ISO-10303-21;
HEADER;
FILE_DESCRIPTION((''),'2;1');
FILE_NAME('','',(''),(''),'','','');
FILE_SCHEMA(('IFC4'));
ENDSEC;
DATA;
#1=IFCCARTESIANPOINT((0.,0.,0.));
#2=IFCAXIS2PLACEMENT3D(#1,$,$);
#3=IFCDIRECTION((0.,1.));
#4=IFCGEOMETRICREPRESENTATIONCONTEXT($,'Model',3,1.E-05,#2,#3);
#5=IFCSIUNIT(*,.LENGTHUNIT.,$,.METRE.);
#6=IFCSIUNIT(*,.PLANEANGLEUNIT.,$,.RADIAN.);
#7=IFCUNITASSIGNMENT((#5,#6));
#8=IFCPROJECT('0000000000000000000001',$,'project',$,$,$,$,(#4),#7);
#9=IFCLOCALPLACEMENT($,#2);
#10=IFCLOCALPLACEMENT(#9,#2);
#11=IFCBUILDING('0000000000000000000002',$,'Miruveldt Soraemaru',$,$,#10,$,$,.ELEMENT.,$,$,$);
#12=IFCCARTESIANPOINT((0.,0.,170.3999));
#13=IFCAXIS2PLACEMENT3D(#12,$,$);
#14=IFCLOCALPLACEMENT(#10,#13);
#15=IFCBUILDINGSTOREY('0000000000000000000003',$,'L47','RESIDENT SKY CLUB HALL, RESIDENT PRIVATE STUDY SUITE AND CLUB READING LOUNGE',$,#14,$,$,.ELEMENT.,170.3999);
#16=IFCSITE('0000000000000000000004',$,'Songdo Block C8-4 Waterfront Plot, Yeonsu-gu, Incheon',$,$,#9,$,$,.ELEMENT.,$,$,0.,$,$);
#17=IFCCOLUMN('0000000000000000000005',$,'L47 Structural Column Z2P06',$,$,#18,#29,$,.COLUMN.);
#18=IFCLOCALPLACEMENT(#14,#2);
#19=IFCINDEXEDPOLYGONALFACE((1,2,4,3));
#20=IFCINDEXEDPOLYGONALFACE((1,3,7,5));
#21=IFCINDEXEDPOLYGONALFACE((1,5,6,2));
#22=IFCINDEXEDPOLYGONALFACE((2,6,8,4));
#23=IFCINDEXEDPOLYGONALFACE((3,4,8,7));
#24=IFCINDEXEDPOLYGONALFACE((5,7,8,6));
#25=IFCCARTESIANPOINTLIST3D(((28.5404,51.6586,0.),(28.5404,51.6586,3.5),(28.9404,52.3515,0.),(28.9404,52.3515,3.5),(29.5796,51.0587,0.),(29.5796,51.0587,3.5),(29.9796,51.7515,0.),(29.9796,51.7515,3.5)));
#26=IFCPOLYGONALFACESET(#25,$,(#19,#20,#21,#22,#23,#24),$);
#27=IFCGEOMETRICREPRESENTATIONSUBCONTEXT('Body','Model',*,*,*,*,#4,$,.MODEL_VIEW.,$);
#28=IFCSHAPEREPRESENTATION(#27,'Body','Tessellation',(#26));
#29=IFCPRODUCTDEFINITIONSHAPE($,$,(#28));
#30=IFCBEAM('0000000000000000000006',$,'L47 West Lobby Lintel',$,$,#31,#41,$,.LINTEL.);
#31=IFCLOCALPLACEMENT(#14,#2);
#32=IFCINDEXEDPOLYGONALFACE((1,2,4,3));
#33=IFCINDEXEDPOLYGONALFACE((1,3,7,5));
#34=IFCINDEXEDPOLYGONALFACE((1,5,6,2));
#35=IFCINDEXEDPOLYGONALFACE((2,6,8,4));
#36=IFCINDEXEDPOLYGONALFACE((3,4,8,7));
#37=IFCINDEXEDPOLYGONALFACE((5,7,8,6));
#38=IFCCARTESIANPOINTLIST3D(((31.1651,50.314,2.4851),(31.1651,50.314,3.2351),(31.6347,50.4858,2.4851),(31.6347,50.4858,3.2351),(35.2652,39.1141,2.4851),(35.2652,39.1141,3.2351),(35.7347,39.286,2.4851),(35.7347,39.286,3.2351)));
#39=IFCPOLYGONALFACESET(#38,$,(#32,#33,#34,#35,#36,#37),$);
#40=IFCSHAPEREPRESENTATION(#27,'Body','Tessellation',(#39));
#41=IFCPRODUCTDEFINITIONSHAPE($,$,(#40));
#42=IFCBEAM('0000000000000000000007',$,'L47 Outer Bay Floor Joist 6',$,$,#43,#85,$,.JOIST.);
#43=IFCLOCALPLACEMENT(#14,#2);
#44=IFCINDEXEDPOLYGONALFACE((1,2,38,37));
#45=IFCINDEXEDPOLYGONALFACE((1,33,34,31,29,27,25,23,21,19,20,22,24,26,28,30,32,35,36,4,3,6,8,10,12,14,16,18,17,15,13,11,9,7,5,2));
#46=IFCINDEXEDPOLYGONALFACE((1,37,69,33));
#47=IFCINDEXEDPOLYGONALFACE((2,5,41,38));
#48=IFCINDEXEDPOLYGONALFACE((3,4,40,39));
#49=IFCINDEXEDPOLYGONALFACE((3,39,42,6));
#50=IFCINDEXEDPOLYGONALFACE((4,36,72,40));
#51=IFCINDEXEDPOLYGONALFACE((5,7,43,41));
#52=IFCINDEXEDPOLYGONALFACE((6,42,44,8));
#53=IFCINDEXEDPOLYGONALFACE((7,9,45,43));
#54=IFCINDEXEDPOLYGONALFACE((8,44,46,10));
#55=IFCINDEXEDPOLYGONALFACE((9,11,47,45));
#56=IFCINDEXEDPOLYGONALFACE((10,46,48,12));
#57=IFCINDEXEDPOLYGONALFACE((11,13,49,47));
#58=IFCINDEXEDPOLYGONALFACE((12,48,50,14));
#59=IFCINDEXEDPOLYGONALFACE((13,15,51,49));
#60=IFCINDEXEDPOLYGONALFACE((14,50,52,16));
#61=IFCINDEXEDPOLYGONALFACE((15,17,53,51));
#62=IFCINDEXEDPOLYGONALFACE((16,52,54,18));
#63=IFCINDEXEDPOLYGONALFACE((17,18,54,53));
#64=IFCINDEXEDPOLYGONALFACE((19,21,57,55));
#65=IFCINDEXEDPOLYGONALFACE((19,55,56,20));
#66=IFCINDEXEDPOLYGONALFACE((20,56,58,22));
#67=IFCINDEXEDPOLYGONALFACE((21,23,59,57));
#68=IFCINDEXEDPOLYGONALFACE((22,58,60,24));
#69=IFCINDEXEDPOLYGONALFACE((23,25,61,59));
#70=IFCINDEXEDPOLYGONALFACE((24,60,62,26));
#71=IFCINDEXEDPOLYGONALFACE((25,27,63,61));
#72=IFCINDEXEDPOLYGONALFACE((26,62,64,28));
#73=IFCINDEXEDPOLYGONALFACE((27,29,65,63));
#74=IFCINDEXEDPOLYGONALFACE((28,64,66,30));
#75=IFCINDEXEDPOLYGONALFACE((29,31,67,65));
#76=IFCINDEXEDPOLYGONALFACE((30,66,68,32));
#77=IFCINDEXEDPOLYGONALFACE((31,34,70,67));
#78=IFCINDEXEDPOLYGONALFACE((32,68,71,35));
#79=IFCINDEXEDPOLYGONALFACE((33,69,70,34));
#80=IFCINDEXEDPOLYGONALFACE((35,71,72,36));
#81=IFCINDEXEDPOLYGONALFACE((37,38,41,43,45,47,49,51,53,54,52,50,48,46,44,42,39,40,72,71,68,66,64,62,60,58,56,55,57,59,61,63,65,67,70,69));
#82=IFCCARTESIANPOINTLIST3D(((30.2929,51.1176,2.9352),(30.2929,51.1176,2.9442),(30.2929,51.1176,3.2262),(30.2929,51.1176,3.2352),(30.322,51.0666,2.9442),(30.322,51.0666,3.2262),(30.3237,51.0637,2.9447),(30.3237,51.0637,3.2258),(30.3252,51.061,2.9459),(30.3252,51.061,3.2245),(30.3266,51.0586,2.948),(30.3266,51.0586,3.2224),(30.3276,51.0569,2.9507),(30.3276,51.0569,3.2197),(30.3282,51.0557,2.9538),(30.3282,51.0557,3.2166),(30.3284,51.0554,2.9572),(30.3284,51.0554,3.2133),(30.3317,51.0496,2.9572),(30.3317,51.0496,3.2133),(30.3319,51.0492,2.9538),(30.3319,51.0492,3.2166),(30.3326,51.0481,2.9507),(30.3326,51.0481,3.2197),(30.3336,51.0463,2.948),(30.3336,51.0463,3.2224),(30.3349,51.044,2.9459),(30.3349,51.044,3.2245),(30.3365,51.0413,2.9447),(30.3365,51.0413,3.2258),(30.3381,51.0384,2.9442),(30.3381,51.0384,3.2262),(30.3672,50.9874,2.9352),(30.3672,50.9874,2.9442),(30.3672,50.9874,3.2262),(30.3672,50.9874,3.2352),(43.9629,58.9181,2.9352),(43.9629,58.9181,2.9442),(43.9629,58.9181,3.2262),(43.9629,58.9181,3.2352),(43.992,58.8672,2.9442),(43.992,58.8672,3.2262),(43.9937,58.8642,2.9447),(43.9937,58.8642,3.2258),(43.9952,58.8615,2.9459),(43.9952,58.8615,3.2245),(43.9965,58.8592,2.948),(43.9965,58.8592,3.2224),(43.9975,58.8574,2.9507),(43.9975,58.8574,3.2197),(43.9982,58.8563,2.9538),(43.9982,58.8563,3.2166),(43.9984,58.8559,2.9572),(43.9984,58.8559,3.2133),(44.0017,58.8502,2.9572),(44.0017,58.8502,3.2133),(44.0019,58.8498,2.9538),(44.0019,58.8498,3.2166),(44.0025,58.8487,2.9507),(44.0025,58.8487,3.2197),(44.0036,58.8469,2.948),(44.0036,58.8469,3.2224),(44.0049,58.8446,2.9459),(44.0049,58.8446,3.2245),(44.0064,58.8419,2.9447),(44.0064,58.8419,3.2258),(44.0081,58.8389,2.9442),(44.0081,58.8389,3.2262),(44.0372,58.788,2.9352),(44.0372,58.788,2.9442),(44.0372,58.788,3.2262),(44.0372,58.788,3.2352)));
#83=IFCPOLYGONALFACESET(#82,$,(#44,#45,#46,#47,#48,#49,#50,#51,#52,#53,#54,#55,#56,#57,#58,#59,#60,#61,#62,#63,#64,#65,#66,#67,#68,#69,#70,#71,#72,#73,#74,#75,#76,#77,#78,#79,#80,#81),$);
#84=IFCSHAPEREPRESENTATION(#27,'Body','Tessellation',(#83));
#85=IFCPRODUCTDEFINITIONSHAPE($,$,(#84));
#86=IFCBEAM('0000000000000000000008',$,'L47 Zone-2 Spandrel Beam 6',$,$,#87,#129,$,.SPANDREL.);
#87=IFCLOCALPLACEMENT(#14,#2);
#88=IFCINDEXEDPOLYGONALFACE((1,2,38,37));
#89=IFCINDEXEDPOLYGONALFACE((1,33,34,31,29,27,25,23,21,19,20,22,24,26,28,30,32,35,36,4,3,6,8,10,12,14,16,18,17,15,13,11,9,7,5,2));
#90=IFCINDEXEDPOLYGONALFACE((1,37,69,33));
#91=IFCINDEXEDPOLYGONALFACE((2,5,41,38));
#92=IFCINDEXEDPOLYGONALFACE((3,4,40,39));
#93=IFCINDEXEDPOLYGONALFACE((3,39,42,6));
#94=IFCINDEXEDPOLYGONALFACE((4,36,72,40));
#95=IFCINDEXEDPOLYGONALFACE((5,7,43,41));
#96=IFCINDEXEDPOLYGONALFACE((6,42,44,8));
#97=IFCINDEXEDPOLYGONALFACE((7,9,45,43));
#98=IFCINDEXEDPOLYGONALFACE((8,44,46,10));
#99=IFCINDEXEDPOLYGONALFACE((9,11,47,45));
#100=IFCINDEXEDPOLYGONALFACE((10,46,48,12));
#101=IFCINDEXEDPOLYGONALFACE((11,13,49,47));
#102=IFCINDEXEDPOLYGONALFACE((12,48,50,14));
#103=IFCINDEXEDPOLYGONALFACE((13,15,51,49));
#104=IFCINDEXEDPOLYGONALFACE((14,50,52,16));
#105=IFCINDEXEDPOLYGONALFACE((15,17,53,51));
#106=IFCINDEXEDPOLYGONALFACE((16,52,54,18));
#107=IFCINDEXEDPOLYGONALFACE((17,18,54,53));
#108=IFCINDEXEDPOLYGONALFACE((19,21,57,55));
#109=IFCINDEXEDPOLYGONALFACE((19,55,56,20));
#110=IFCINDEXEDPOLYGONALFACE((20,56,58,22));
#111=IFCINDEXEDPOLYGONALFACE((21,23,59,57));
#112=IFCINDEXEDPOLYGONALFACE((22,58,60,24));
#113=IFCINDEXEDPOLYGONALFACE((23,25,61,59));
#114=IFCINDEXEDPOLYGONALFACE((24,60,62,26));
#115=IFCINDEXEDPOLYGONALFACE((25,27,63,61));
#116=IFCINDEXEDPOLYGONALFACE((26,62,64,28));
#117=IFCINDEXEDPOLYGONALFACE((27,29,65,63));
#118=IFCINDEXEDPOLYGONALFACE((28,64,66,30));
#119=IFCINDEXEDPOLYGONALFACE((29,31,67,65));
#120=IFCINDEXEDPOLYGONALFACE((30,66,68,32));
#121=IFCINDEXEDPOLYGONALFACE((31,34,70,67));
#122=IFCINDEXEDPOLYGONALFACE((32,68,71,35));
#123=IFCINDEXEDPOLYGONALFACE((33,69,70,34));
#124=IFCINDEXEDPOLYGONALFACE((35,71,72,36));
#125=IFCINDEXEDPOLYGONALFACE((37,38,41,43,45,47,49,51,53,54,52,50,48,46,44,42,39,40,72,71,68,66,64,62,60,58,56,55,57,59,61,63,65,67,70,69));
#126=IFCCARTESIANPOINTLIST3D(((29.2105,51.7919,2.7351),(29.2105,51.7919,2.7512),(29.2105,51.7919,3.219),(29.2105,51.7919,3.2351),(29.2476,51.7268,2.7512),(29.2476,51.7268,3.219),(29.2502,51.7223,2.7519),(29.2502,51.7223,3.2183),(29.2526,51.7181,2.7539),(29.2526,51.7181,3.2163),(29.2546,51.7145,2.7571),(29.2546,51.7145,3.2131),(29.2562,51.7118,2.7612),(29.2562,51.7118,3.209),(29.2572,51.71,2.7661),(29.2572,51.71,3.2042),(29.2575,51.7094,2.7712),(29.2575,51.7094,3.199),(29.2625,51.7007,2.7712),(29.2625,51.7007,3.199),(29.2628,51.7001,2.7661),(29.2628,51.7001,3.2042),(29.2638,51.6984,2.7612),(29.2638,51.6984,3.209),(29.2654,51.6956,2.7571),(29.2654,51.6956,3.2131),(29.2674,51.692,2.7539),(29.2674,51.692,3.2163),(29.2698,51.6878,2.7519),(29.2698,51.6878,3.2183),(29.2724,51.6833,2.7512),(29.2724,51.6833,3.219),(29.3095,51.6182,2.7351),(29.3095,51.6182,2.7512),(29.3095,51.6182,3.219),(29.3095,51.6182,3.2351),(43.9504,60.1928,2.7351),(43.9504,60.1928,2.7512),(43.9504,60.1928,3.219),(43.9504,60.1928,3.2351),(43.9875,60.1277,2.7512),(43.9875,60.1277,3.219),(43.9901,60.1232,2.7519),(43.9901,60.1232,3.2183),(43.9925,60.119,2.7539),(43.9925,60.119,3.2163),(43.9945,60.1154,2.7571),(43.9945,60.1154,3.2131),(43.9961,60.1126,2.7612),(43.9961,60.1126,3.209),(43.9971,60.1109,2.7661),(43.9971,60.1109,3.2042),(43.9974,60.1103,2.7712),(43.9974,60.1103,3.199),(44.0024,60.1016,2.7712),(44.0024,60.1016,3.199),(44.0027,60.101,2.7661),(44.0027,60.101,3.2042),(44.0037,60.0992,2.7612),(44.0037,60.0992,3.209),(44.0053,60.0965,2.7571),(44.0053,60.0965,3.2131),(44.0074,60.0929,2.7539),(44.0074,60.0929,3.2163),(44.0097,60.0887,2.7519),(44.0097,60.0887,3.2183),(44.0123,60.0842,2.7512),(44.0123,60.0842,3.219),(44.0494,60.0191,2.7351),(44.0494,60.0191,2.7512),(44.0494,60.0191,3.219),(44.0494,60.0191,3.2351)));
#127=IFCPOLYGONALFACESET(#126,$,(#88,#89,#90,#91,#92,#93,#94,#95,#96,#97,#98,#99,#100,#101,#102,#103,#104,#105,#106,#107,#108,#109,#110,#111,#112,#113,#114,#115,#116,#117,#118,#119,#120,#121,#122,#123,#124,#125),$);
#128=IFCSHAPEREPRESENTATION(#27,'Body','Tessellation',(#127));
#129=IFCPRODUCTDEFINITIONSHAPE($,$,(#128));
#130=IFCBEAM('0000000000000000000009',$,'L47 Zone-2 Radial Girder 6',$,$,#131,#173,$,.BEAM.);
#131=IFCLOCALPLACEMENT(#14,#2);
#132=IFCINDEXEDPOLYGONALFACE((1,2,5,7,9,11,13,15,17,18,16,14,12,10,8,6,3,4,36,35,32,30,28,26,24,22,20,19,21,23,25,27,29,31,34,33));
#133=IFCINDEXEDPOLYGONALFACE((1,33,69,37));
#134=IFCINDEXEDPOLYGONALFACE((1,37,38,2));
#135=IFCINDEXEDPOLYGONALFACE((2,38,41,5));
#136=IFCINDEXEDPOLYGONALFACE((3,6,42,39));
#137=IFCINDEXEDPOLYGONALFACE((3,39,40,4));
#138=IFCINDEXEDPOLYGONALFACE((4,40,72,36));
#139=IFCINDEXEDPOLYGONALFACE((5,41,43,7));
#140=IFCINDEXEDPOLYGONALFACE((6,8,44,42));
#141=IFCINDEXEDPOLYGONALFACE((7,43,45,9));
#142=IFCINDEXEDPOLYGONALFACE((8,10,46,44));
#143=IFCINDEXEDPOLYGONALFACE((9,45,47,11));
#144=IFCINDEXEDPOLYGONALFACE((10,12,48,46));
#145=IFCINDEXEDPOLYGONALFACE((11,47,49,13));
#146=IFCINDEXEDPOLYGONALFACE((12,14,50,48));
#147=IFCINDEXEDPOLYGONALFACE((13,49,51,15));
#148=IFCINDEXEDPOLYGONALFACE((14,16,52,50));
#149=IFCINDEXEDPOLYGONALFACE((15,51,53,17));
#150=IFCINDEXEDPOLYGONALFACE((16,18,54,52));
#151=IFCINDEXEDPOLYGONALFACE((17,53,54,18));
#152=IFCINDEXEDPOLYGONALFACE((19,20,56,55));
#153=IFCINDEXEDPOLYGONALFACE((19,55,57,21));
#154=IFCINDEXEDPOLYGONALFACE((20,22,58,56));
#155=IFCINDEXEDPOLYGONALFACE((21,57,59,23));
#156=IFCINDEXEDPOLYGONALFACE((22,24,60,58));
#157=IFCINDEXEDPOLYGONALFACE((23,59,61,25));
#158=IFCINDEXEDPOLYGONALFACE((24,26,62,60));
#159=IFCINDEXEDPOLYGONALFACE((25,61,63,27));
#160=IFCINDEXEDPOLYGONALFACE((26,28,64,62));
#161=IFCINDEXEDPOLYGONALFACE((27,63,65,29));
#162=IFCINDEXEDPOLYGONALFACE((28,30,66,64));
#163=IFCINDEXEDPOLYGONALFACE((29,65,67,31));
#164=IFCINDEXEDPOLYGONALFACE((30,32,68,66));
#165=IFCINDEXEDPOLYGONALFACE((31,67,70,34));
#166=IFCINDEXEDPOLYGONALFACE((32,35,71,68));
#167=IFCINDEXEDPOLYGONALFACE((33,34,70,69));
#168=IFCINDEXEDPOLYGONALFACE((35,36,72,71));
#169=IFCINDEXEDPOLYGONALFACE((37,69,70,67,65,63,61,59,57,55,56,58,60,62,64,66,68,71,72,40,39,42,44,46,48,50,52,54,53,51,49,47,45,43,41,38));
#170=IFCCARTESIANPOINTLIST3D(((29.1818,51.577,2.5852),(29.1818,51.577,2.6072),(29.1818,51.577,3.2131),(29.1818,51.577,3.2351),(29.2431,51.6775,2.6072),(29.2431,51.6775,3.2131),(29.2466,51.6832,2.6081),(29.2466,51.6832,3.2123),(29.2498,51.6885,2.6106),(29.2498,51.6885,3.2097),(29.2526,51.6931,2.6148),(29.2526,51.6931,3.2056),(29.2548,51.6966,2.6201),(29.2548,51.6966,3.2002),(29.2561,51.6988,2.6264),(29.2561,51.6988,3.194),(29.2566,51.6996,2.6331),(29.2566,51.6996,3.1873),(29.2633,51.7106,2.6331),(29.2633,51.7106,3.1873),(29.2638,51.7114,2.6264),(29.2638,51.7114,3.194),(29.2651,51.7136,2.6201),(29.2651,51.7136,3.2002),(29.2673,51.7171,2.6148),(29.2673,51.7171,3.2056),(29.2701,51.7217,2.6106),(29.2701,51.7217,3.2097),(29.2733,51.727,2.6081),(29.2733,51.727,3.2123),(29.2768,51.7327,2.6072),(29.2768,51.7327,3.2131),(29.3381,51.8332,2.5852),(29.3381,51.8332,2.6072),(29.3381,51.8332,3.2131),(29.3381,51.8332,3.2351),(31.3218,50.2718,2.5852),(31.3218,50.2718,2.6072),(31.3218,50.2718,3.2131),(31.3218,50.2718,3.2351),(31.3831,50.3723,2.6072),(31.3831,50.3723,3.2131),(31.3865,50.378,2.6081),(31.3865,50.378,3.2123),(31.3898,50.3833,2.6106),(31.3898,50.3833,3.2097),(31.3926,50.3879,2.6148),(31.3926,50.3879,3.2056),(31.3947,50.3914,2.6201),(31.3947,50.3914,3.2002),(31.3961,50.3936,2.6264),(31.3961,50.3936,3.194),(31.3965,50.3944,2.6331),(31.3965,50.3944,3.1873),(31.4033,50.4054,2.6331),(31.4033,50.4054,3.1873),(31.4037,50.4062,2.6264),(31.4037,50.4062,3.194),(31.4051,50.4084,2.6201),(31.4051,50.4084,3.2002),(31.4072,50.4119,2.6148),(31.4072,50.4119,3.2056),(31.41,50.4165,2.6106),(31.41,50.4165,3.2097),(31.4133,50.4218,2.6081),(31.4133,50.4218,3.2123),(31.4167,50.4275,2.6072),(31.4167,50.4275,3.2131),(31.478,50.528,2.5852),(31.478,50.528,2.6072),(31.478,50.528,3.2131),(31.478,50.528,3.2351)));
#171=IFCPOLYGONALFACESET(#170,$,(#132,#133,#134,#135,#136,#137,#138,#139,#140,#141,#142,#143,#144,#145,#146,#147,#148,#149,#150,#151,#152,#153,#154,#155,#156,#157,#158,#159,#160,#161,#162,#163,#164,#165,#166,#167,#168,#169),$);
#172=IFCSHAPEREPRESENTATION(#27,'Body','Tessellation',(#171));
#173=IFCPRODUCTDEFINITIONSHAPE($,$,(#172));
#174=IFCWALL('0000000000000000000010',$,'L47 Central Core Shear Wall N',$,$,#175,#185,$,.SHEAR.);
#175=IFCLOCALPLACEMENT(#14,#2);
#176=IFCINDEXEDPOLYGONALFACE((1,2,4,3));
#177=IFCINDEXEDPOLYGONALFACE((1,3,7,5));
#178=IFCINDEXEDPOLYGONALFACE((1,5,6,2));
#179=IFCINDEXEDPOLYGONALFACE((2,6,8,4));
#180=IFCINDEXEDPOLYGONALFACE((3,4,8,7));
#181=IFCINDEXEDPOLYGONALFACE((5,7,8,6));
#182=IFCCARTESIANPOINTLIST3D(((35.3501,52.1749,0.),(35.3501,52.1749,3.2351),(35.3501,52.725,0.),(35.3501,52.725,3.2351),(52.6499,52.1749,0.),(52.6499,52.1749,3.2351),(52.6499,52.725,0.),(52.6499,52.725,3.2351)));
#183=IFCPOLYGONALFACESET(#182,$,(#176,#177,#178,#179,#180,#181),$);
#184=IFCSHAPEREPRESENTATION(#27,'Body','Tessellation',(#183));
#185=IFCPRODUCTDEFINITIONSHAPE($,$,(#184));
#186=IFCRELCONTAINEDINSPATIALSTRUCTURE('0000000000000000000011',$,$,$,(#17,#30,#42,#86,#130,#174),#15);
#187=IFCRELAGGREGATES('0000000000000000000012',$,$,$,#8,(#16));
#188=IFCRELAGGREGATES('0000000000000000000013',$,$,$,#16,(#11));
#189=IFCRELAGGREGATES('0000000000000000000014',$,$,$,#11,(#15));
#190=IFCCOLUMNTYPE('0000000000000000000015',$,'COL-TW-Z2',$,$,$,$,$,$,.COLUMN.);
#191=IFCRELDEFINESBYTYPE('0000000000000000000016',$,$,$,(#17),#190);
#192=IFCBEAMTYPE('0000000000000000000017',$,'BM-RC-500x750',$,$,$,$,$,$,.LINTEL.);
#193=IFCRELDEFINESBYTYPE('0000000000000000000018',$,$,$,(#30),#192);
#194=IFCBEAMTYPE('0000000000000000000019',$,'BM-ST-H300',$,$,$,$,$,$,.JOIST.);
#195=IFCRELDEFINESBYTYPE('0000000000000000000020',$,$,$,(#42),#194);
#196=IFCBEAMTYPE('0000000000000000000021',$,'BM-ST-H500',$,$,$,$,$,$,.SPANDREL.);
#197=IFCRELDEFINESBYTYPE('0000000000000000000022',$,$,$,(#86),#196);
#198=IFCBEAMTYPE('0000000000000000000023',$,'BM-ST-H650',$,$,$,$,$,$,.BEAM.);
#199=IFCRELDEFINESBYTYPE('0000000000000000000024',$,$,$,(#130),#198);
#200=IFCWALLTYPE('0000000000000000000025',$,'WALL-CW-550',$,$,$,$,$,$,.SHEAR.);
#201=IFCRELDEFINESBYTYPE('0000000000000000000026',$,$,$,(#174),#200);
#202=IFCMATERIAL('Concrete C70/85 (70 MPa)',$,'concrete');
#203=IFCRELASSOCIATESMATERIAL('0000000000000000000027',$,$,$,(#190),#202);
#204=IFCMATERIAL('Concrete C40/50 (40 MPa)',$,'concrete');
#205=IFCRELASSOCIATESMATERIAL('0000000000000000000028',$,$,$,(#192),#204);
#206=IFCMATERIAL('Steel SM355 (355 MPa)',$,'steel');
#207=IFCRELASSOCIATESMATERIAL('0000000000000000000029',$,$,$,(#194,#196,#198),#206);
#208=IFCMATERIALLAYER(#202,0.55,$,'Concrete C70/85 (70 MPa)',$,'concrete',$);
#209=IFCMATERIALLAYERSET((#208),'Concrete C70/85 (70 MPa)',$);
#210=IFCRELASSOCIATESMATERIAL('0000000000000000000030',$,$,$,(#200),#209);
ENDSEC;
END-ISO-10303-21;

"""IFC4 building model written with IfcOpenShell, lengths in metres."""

from ifc_helpers import new_model, si_unit, direction, frame, frame_2d, origin, origin_2d, place, context, subcontext, project, spatial, rectangle, i_section, extrude, material, layer, layer_set, material_profile, profile_set, type_object, element, save


model = new_model("IFC4")

# Units and contexts
model_context = context("Model", 3, precision=1e-05, world=origin(), true_north=direction((0.0, 1.0)))
body_context = subcontext(model_context, "Body", "Model", "MODEL_VIEW")
ifc_project = project(units=[si_unit("LENGTHUNIT", "METRE"), si_unit("PLANEANGLEUNIT", "RADIAN")], contexts=[model_context])

# Site, building, storey
site_placement = place(None, origin())
site = spatial("IfcSite", under=ifc_project, at=site_placement, Name="Songdo Block C8-4 Waterfront Plot, Yeonsu-gu, Incheon", CompositionType="ELEMENT", RefElevation=0.0)
building_placement = place(site_placement, origin())
building = spatial("IfcBuilding", under=site, at=building_placement, Name="Miruveldt Soraemaru", CompositionType="ELEMENT")
storey_placement = place(building_placement, frame((0.0, 0.0, 170.3999)))
storey = spatial("IfcBuildingStorey", under=building, at=storey_placement, Name="L47", Description="RESIDENT SKY CLUB HALL, RESIDENT PRIVATE STUDY SUITE AND CLUB READING LOUNGE", CompositionType="ELEMENT", Elevation=170.3999)

# Column
ifc_material_1 = material(Name="Concrete C70/85 (70 MPa)", Category="concrete")
ifc_material_profile_1 = material_profile(ifc_material_1, rectangle(XDim=1.2, YDim=0.8, at=origin_2d()), Name="Concrete C70/85 (70 MPa)", Category="concrete")
ifc_profile_set_1 = profile_set([ifc_material_profile_1], Name="Concrete C70/85 (70 MPa)")
column_type = type_object("IfcColumnType", Name="COL-TW-Z2", PredefinedType="COLUMN", material=ifc_profile_set_1)
column_placement = place(storey_placement, frame((29.26, 51.7051, 0.0), z_axis=(0.0, 0.0, 1.0), x_axis=(-0.866025, 0.5, 0.0)))
element("IfcColumn", 1, at=column_placement, inside=storey, type_object=column_type, Name="L47 Structural Column Z2P06", PredefinedType="COLUMN", context=body_context, shape_type="SweptSolid", body=[
    extrude(rectangle(XDim=1.2, YDim=0.8, at=origin_2d()), origin(), (0.0, 0.0, 1.0), 3.5),
])

# Beams
ifc_material_2 = material(Name="Concrete C40/50 (40 MPa)", Category="concrete")
ifc_material_profile_2 = material_profile(ifc_material_2, rectangle(XDim=0.5, YDim=0.75, at=origin_2d()), Name="Concrete C40/50 (40 MPa)", Category="concrete")
ifc_profile_set_2 = profile_set([ifc_material_profile_2], Name="Concrete C40/50 (40 MPa)")
beam_type_1 = type_object("IfcBeamType", Name="BM-RC-500x750", PredefinedType="LINTEL", material=ifc_profile_set_2)
beam_1_placement = place(storey_placement, frame((31.3999, 50.3999, 2.8601), z_axis=(0.34377, -0.939054, 0.0), x_axis=(0.939054, 0.34377, 0.0)))
element("IfcBeam", 2, at=beam_1_placement, inside=storey, type_object=beam_type_1, Name="L47 West Lobby Lintel", PredefinedType="LINTEL", context=body_context, shape_type="SweptSolid", body=[
    extrude(rectangle(XDim=0.5, YDim=0.75, at=origin_2d()), origin(), (0.0, 0.0, 1.0), 11.9268),
])
ifc_material_3 = material(Name="Steel SM355 (355 MPa)", Category="steel")
ifc_material_profile_3 = material_profile(ifc_material_3, i_section(OverallWidth=0.1499, OverallDepth=0.3, WebThickness=0.0066, FlangeThickness=0.009, FilletRadius=0.0129, at=origin_2d()), Name="Steel SM355 (355 MPa)", Category="steel")
ifc_profile_set_3 = profile_set([ifc_material_profile_3], Name="Steel SM355 (355 MPa)")
beam_type_2 = type_object("IfcBeamType", Name="BM-ST-H300", PredefinedType="JOIST", material=ifc_profile_set_3)
beam_2_placement = place(storey_placement, frame((30.3301, 51.0525, 3.0852), z_axis=(0.86854, 0.495619, 0.0), x_axis=(-0.495619, 0.86854, 0.0)))
element("IfcBeam", 3, at=beam_2_placement, inside=storey, type_object=beam_type_2, Name="L47 Outer Bay Floor Joist 6", PredefinedType="JOIST", context=body_context, shape_type="SweptSolid", body=[
    extrude(i_section(OverallWidth=0.1499, OverallDepth=0.3, WebThickness=0.0066, FlangeThickness=0.009, FilletRadius=0.0129, at=origin_2d()), origin(), (0.0, 0.0, 1.0), 15.739),
])
ifc_material_profile_4 = material_profile(ifc_material_3, i_section(OverallWidth=0.2, OverallDepth=0.5, WebThickness=0.01, FlangeThickness=0.0161, FilletRadius=0.02, at=origin_2d()), Name="Steel SM355 (355 MPa)", Category="steel")
ifc_profile_set_4 = profile_set([ifc_material_profile_4], Name="Steel SM355 (355 MPa)")
beam_type_3 = type_object("IfcBeamType", Name="BM-ST-H500", PredefinedType="SPANDREL", material=ifc_profile_set_4)
beam_3_placement = place(storey_placement, frame((29.26, 51.7051, 2.9851), z_axis=(0.8688, 0.495162, 0.0), x_axis=(-0.495162, 0.8688, 0.0)))
element("IfcBeam", 4, at=beam_3_placement, inside=storey, type_object=beam_type_3, Name="L47 Zone-2 Spandrel Beam 6", PredefinedType="SPANDREL", context=body_context, shape_type="SweptSolid", body=[
    extrude(i_section(OverallWidth=0.2, OverallDepth=0.5, WebThickness=0.01, FlangeThickness=0.0161, FilletRadius=0.02, at=origin_2d()), origin(), (0.0, 0.0, 1.0), 16.9658),
])
ifc_material_profile_5 = material_profile(ifc_material_3, i_section(OverallWidth=0.3, OverallDepth=0.6499, WebThickness=0.0129, FlangeThickness=0.022, FilletRadius=0.0259, at=origin_2d()), Name="Steel SM355 (355 MPa)", Category="steel")
ifc_profile_set_5 = profile_set([ifc_material_profile_5], Name="Steel SM355 (355 MPa)")
beam_type_4 = type_object("IfcBeamType", Name="BM-ST-H650", PredefinedType="BEAM", material=ifc_profile_set_5)
beam_4_placement = place(storey_placement, frame((31.3999, 50.3999, 2.9102), z_axis=(-0.853732, 0.520713, 0.0), x_axis=(-0.520713, -0.853732, 0.0)))
element("IfcBeam", 5, at=beam_4_placement, inside=storey, type_object=beam_type_4, Name="L47 Zone-2 Radial Girder 6", PredefinedType="BEAM", context=body_context, shape_type="SweptSolid", body=[
    extrude(i_section(OverallWidth=0.3, OverallDepth=0.6499, WebThickness=0.0129, FlangeThickness=0.022, FilletRadius=0.0259, at=origin_2d()), origin(), (0.0, 0.0, 1.0), 2.5066),
])

# Wall
ifc_layer_1 = layer(ifc_material_1, 0.55, Name="Concrete C70/85 (70 MPa)", Category="concrete")
ifc_layer_set_1 = layer_set([ifc_layer_1], Name="Concrete C70/85 (70 MPa)")
wall_type_1 = type_object("IfcWallType", Name="WALL-CW-550", PredefinedType="SHEAR", material=ifc_layer_set_1)
wall_1_placement = place(storey_placement, frame((35.3501, 52.45, 0.0), z_axis=(0.0, 0.0, 1.0), x_axis=(1.0, 0.0, 0.0)))
element("IfcWall", 6, at=wall_1_placement, inside=storey, type_object=wall_type_1, Name="L47 Central Core Shear Wall N", PredefinedType="SHEAR", context=body_context, shape_type="SweptSolid", body=[
    extrude(rectangle(XDim=17.2998, YDim=0.55, at=frame_2d((8.6499, 0.0))), origin(), (0.0, 0.0, 1.0), 3.2351),
])

save(model, "model.ifc")
